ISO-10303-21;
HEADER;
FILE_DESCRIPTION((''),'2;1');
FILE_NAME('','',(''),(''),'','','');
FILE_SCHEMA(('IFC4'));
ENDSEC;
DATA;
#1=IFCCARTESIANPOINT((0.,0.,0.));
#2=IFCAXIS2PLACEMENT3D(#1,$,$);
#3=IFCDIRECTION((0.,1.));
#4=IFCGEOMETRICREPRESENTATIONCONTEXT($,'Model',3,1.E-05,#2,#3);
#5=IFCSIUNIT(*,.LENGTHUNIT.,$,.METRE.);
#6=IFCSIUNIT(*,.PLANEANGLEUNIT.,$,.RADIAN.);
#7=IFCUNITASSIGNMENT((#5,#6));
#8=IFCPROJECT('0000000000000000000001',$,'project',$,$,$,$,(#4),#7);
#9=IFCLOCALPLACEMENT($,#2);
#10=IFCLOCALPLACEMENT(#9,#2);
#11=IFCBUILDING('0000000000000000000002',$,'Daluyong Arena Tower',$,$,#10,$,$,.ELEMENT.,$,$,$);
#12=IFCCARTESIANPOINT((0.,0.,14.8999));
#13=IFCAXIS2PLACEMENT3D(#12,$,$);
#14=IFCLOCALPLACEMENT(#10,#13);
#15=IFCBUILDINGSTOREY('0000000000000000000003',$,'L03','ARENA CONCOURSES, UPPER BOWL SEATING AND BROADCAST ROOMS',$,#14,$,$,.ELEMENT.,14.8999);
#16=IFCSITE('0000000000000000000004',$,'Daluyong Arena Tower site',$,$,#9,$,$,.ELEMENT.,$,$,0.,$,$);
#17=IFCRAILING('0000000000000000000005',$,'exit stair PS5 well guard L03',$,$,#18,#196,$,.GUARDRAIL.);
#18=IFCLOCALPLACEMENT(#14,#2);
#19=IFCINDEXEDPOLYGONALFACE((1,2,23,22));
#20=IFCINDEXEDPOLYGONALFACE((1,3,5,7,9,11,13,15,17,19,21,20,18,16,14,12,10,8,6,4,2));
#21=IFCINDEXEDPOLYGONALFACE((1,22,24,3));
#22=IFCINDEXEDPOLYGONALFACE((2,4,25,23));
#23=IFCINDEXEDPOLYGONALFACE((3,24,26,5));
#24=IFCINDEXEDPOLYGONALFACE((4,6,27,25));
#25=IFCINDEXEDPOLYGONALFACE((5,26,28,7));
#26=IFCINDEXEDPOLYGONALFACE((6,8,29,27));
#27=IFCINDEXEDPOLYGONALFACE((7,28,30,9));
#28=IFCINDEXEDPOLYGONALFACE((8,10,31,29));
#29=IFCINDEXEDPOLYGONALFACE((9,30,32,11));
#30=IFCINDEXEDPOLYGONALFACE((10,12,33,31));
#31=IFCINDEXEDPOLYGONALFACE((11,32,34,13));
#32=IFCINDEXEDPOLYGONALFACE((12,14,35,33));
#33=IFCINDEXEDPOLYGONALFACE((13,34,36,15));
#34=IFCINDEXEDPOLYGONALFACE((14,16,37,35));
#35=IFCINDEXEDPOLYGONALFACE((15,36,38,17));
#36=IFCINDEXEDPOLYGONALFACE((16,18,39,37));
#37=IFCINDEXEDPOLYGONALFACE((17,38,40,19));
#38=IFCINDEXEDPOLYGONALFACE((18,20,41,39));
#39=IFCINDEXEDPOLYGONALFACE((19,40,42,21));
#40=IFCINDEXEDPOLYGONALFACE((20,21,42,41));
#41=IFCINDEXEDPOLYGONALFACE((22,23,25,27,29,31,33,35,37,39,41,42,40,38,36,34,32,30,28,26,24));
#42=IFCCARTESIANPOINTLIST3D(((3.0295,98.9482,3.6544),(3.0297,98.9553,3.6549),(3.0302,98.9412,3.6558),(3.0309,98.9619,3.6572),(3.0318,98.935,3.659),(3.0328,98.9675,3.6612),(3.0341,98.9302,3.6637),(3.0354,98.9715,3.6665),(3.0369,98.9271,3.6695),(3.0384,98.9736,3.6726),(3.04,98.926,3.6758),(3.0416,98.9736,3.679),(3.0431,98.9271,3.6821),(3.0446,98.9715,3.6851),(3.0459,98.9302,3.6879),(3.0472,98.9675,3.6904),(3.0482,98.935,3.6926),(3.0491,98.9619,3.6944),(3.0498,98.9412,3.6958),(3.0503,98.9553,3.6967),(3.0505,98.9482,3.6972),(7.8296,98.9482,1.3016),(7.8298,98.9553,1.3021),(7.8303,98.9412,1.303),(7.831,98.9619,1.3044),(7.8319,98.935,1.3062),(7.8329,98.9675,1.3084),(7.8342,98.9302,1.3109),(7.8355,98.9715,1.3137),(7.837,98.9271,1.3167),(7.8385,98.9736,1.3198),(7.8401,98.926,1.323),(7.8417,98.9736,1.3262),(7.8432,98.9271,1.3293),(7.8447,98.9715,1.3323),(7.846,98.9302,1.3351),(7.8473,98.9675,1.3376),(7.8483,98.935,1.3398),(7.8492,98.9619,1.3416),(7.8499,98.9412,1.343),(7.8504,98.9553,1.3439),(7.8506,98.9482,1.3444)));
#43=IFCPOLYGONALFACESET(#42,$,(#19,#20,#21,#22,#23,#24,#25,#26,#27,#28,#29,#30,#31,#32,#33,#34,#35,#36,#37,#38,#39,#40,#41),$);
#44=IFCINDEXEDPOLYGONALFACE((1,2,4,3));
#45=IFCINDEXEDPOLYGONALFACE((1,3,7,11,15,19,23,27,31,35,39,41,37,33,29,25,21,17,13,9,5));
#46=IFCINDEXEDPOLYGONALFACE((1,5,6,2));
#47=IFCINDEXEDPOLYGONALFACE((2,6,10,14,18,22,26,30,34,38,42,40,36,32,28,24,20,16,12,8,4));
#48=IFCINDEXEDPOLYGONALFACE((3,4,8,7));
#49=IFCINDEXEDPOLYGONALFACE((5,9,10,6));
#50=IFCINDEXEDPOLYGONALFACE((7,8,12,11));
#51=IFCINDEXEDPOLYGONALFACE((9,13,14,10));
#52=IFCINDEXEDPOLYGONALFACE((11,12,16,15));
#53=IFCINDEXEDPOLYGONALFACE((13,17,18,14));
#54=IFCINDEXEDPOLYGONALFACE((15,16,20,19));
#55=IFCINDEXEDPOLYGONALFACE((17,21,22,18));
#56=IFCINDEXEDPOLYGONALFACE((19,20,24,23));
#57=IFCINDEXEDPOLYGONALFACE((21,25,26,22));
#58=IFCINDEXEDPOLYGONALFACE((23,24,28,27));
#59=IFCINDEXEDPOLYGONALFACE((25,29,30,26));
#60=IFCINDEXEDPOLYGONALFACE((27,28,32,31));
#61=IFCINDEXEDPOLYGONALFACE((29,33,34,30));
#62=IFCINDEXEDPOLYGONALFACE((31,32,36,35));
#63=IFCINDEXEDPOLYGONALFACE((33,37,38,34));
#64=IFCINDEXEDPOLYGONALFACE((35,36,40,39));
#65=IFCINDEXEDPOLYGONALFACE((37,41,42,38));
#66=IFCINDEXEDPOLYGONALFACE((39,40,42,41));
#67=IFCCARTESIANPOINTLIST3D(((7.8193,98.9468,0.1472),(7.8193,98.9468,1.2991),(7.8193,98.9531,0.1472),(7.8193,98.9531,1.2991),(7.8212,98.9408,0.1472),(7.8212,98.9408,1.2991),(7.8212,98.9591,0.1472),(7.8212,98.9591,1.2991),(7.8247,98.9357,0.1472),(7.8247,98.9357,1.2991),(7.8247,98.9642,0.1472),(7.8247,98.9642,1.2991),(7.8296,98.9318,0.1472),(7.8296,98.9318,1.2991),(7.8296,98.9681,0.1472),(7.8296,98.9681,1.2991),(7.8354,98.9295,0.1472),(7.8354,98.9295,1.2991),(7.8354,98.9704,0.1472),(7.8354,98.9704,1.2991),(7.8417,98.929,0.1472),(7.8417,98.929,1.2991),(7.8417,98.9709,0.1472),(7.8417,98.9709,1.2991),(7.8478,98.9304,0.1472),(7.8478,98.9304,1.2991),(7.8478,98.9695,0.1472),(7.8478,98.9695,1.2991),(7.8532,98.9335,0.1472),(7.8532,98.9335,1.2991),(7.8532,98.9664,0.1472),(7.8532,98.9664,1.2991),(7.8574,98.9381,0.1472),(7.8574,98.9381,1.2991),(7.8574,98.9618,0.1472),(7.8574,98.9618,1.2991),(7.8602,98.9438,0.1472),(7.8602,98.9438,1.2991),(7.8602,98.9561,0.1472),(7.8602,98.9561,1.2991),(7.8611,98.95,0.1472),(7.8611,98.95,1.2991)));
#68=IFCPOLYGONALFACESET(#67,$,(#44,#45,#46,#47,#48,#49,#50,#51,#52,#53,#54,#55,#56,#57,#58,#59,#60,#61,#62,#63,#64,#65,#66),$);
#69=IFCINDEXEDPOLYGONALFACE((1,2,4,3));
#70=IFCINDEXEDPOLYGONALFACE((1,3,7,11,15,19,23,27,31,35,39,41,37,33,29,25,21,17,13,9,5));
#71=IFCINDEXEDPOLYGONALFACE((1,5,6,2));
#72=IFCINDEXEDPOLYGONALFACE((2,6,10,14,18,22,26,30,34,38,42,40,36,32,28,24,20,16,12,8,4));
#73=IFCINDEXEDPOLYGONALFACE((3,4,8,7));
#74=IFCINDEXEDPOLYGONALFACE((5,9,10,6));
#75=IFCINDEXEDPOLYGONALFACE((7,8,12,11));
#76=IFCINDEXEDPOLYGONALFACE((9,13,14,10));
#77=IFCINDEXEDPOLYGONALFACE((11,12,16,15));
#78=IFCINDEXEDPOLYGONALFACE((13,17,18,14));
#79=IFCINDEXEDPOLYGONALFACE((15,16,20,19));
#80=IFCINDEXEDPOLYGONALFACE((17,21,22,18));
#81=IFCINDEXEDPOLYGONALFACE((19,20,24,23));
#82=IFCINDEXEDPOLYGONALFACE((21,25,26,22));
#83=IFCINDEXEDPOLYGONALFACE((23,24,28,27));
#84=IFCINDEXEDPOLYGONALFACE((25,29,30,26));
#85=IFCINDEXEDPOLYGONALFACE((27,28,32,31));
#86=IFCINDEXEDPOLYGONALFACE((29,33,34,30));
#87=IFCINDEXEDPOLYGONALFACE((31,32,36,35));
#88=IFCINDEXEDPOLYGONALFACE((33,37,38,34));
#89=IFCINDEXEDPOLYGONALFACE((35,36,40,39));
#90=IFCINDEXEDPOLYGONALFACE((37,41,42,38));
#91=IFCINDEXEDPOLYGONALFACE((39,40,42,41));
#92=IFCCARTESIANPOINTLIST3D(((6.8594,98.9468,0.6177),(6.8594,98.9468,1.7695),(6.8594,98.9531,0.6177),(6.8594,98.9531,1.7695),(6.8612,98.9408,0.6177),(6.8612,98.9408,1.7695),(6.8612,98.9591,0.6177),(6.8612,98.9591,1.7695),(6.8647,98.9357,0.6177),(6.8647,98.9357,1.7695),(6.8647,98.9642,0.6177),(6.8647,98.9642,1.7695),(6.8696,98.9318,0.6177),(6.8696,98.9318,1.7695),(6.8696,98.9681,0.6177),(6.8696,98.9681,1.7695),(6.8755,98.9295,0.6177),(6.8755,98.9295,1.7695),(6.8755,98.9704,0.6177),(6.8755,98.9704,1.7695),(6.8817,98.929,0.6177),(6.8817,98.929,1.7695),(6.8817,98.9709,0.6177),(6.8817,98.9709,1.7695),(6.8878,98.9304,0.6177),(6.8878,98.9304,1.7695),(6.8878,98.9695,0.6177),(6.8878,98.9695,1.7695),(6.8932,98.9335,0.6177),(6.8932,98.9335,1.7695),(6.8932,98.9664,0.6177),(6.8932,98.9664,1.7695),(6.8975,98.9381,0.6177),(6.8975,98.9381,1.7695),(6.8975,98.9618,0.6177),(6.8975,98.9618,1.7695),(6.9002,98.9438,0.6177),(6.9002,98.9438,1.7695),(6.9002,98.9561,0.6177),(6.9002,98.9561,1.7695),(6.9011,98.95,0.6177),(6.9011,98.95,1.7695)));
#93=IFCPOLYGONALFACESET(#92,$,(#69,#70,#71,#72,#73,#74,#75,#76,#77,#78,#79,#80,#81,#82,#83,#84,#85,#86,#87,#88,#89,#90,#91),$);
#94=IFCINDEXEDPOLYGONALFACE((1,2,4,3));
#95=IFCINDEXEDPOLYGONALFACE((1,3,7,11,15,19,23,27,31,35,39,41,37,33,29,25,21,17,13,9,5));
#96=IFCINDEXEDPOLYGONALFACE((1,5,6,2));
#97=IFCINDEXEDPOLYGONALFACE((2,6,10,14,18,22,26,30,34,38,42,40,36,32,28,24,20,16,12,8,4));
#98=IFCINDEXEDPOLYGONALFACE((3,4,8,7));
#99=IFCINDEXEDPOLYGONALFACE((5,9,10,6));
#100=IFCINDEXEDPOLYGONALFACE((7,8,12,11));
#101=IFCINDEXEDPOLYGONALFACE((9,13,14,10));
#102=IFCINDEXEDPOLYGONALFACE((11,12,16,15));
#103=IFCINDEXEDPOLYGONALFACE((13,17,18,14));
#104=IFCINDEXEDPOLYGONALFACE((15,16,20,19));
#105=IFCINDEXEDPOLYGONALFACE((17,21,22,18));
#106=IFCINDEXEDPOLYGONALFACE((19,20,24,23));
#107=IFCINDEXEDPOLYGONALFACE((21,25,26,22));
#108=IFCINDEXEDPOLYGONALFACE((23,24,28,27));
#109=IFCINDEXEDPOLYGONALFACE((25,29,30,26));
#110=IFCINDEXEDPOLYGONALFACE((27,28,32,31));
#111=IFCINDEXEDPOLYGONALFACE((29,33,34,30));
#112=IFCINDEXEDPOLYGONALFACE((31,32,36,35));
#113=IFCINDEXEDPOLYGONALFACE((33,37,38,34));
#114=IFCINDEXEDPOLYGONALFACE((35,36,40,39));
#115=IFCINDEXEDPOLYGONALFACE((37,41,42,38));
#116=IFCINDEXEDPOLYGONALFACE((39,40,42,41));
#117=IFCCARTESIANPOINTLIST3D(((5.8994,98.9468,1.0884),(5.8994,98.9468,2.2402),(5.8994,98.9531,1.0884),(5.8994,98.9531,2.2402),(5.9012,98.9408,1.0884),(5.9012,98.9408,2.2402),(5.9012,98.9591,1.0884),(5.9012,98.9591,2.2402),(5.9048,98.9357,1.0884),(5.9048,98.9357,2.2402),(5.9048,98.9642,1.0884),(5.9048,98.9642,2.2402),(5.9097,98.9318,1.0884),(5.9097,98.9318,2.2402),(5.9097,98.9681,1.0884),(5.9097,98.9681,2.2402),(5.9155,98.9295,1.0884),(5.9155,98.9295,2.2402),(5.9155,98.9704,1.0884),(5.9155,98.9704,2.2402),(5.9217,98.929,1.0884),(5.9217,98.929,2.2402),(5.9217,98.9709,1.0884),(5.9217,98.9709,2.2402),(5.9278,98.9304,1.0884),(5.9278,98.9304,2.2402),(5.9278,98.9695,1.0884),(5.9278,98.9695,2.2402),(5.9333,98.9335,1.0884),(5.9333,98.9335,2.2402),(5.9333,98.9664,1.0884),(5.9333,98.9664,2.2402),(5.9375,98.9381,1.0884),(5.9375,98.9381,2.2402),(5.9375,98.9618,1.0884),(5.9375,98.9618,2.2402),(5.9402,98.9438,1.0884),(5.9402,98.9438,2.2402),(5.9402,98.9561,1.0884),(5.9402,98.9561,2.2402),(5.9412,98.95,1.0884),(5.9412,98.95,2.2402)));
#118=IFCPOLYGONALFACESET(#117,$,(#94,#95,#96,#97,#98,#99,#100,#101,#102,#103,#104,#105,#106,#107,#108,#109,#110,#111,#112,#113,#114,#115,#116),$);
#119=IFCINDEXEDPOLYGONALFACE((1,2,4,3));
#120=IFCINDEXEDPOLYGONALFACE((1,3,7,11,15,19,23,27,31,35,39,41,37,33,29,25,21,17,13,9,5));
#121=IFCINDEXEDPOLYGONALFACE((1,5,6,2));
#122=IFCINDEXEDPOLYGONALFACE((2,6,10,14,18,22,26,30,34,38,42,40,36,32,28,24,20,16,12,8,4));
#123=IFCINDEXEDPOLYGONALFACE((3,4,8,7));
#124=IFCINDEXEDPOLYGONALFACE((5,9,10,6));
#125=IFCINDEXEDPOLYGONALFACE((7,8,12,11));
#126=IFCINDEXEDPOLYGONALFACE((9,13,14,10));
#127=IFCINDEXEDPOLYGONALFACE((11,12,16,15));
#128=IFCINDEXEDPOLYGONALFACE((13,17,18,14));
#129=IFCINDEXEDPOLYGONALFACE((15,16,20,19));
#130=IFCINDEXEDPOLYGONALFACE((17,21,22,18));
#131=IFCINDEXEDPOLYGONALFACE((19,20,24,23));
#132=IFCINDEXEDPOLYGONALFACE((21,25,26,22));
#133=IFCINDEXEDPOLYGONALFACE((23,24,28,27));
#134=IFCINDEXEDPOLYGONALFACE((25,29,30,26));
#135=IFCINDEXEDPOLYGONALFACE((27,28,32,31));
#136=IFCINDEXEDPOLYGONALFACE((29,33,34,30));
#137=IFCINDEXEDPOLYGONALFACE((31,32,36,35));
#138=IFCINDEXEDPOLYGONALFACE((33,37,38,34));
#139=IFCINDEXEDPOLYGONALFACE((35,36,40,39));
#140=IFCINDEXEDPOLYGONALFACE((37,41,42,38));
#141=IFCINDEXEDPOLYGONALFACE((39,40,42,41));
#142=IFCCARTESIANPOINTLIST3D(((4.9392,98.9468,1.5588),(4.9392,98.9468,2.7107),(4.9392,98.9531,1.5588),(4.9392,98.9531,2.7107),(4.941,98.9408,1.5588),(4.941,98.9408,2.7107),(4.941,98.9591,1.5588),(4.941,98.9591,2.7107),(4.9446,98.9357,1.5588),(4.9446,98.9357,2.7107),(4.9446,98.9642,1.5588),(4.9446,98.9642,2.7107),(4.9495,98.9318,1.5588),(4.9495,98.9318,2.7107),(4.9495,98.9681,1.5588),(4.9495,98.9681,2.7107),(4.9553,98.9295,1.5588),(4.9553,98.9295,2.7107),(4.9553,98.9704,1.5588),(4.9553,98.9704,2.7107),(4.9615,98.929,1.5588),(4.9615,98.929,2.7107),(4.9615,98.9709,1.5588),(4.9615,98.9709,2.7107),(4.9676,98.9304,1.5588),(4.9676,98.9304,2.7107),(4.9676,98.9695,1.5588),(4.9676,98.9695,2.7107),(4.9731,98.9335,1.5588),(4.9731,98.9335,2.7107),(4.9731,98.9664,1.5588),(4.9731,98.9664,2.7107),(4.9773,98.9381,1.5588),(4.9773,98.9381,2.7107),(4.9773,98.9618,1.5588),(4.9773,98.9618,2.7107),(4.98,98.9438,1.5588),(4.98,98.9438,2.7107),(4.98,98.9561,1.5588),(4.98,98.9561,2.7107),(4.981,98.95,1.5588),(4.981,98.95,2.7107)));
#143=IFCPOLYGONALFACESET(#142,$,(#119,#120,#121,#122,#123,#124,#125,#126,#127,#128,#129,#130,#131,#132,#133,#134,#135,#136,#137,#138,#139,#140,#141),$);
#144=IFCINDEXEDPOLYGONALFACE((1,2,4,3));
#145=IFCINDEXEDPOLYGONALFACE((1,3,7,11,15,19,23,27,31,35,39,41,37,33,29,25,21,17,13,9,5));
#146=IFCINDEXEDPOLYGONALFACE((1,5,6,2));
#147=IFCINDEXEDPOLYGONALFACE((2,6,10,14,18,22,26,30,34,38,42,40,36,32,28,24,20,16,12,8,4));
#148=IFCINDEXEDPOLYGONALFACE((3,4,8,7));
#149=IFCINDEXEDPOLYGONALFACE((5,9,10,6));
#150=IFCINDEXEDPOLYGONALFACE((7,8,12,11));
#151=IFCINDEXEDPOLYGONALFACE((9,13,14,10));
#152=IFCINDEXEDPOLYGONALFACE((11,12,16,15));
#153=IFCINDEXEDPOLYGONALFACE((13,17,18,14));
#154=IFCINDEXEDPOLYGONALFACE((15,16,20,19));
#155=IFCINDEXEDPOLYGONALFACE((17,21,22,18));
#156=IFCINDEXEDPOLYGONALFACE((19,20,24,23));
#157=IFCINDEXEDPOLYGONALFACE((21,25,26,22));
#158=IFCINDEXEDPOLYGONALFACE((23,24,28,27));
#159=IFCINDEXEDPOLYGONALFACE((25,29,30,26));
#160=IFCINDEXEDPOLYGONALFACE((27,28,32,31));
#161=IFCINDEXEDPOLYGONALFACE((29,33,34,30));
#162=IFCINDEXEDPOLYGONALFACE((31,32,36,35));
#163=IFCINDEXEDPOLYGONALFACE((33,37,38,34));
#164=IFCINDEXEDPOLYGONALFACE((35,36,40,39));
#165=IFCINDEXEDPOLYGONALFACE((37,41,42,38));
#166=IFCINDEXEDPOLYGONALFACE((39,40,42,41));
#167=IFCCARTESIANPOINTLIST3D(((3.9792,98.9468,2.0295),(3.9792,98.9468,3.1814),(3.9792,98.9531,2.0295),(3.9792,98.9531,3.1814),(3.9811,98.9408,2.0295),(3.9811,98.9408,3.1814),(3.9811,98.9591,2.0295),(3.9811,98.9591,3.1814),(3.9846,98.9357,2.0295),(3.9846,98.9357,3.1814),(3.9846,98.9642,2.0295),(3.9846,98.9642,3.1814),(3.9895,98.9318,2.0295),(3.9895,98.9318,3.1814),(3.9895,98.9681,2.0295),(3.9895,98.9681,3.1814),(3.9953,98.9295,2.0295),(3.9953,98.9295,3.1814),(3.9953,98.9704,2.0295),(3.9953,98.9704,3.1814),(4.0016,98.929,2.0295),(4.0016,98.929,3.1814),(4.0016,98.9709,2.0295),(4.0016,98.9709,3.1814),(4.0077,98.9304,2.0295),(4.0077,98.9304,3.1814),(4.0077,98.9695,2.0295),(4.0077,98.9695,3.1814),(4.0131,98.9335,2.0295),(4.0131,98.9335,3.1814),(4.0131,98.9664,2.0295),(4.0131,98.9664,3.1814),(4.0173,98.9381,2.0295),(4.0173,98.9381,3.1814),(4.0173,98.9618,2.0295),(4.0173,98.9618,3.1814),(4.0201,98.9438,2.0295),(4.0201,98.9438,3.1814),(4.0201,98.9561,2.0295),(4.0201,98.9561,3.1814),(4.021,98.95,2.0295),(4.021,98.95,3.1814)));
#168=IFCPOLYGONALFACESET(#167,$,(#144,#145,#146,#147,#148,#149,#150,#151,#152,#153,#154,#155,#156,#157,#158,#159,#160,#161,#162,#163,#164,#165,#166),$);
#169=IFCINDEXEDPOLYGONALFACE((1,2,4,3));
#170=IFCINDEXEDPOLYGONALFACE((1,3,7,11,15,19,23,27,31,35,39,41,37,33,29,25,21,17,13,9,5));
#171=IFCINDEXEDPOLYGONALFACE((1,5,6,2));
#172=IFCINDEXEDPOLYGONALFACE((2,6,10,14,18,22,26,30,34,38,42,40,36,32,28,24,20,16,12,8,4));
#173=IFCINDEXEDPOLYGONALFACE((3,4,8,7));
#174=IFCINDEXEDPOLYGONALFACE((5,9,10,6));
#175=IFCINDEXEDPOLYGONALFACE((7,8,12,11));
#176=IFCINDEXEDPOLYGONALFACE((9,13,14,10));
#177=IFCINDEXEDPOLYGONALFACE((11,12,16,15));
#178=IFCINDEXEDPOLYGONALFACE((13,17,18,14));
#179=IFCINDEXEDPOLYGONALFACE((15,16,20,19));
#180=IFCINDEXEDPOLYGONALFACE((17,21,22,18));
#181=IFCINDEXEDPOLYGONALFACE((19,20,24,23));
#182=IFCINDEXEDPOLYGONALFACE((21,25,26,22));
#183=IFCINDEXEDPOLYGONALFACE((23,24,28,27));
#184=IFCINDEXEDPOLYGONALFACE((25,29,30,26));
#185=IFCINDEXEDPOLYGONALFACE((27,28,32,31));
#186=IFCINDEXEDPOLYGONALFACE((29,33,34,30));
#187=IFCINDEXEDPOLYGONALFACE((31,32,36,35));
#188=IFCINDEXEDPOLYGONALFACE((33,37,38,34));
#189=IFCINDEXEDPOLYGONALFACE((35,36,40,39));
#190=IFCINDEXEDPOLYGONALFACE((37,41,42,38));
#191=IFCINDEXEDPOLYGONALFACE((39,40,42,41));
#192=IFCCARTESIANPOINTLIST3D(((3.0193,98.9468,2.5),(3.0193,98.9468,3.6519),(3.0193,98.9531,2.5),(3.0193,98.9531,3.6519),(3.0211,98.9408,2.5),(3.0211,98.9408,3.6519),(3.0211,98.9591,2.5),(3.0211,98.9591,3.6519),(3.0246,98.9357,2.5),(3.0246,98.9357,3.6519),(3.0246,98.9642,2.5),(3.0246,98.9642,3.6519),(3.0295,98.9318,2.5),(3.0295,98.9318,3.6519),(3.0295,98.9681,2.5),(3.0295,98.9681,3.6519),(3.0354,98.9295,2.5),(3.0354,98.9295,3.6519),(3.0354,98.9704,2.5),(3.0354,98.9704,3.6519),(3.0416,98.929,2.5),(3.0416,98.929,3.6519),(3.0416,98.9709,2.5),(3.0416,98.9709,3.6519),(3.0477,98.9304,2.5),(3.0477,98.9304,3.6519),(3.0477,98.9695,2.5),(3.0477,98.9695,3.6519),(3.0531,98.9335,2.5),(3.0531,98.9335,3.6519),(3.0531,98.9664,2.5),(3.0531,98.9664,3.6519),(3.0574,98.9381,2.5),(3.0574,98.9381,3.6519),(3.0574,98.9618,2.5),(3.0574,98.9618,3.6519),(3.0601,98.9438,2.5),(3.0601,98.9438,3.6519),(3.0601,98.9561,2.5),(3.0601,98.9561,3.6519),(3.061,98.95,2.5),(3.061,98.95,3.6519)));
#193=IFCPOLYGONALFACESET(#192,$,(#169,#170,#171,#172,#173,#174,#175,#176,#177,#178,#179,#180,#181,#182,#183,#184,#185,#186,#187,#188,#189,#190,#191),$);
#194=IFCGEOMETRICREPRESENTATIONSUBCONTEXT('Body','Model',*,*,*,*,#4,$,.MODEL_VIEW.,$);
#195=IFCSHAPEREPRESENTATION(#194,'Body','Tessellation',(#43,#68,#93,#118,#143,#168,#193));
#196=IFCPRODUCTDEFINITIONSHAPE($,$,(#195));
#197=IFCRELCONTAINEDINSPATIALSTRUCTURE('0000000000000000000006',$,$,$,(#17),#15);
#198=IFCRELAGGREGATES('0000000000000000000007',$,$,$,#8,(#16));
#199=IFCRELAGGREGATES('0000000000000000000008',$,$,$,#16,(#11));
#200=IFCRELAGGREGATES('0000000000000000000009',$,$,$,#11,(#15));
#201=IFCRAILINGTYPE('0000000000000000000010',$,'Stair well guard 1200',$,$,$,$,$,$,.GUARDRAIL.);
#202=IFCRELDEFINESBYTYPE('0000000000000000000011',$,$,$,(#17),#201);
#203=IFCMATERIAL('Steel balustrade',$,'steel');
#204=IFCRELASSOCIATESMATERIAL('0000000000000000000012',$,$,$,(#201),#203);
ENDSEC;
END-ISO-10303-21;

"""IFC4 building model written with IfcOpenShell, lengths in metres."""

from ifc_helpers import new_model, si_unit, direction, frame, origin, origin_2d, place, context, subcontext, project, spatial, circle, extrude, material, type_object, element, save


model = new_model("IFC4")

# Units and contexts
model_context = context("Model", 3, precision=1e-05, world=origin(), true_north=direction((0.0, 1.0)))
body_context = subcontext(model_context, "Body", "Model", "MODEL_VIEW")
ifc_project = project(units=[si_unit("LENGTHUNIT", "METRE"), si_unit("PLANEANGLEUNIT", "RADIAN")], contexts=[model_context])

# Site, building, storey
site_placement = place(None, origin())
site = spatial("IfcSite", under=ifc_project, at=site_placement, Name="Daluyong Arena Tower site", CompositionType="ELEMENT", RefElevation=0.0)
building_placement = place(site_placement, origin())
building = spatial("IfcBuilding", under=site, at=building_placement, Name="Daluyong Arena Tower", CompositionType="ELEMENT")
storey_placement = place(building_placement, frame((0.0, 0.0, 14.8999)))
storey = spatial("IfcBuildingStorey", under=building, at=storey_placement, Name="L03", Description="ARENA CONCOURSES, UPPER BOWL SEATING AND BROADCAST ROOMS", CompositionType="ELEMENT", Elevation=14.8999)

# Railing
ifc_material_1 = material(Name="Steel balustrade", Category="steel")
railing_type_1 = type_object("IfcRailingType", Name="Stair well guard 1200", PredefinedType="GUARDRAIL", material=ifc_material_1)
railing_1_placement = place(storey_placement, frame((7.8401, 98.95, 0.1472)))
element("IfcRailing", 1, at=railing_1_placement, inside=storey, type_object=railing_type_1, Name="exit stair PS5 well guard L03", PredefinedType="GUARDRAIL", context=body_context, shape_type="SweptSolid", body=[
    extrude(circle(Radius=0.0239, at=origin_2d()), frame((0.0, 0.0, 1.1758), z_axis=(-0.897934, 0.0, 0.44013), x_axis=(0.0, -1.0, 0.0)), (0.0, 0.0, 1.0), 5.3457),
    extrude(circle(Radius=0.021, at=origin_2d()), origin(), (0.0, 0.0, 1.0), 1.1519),
    extrude(circle(Radius=0.021, at=origin_2d()), frame((-0.96, 0.0, 0.4705)), (0.0, 0.0, 1.0), 1.1519),
    extrude(circle(Radius=0.021, at=origin_2d()), frame((-1.9199, 0.0, 0.9412)), (0.0, 0.0, 1.0), 1.1519),
    extrude(circle(Radius=0.021, at=origin_2d()), frame((-2.8801, 0.0, 1.4116)), (0.0, 0.0, 1.0), 1.1519),
    extrude(circle(Radius=0.021, at=origin_2d()), frame((-3.8401, 0.0, 1.8823)), (0.0, 0.0, 1.0), 1.1519),
    extrude(circle(Radius=0.021, at=origin_2d()), frame((-4.8, 0.0, 2.3528)), (0.0, 0.0, 1.0), 1.1519),
])

save(model, "model.ifc")
